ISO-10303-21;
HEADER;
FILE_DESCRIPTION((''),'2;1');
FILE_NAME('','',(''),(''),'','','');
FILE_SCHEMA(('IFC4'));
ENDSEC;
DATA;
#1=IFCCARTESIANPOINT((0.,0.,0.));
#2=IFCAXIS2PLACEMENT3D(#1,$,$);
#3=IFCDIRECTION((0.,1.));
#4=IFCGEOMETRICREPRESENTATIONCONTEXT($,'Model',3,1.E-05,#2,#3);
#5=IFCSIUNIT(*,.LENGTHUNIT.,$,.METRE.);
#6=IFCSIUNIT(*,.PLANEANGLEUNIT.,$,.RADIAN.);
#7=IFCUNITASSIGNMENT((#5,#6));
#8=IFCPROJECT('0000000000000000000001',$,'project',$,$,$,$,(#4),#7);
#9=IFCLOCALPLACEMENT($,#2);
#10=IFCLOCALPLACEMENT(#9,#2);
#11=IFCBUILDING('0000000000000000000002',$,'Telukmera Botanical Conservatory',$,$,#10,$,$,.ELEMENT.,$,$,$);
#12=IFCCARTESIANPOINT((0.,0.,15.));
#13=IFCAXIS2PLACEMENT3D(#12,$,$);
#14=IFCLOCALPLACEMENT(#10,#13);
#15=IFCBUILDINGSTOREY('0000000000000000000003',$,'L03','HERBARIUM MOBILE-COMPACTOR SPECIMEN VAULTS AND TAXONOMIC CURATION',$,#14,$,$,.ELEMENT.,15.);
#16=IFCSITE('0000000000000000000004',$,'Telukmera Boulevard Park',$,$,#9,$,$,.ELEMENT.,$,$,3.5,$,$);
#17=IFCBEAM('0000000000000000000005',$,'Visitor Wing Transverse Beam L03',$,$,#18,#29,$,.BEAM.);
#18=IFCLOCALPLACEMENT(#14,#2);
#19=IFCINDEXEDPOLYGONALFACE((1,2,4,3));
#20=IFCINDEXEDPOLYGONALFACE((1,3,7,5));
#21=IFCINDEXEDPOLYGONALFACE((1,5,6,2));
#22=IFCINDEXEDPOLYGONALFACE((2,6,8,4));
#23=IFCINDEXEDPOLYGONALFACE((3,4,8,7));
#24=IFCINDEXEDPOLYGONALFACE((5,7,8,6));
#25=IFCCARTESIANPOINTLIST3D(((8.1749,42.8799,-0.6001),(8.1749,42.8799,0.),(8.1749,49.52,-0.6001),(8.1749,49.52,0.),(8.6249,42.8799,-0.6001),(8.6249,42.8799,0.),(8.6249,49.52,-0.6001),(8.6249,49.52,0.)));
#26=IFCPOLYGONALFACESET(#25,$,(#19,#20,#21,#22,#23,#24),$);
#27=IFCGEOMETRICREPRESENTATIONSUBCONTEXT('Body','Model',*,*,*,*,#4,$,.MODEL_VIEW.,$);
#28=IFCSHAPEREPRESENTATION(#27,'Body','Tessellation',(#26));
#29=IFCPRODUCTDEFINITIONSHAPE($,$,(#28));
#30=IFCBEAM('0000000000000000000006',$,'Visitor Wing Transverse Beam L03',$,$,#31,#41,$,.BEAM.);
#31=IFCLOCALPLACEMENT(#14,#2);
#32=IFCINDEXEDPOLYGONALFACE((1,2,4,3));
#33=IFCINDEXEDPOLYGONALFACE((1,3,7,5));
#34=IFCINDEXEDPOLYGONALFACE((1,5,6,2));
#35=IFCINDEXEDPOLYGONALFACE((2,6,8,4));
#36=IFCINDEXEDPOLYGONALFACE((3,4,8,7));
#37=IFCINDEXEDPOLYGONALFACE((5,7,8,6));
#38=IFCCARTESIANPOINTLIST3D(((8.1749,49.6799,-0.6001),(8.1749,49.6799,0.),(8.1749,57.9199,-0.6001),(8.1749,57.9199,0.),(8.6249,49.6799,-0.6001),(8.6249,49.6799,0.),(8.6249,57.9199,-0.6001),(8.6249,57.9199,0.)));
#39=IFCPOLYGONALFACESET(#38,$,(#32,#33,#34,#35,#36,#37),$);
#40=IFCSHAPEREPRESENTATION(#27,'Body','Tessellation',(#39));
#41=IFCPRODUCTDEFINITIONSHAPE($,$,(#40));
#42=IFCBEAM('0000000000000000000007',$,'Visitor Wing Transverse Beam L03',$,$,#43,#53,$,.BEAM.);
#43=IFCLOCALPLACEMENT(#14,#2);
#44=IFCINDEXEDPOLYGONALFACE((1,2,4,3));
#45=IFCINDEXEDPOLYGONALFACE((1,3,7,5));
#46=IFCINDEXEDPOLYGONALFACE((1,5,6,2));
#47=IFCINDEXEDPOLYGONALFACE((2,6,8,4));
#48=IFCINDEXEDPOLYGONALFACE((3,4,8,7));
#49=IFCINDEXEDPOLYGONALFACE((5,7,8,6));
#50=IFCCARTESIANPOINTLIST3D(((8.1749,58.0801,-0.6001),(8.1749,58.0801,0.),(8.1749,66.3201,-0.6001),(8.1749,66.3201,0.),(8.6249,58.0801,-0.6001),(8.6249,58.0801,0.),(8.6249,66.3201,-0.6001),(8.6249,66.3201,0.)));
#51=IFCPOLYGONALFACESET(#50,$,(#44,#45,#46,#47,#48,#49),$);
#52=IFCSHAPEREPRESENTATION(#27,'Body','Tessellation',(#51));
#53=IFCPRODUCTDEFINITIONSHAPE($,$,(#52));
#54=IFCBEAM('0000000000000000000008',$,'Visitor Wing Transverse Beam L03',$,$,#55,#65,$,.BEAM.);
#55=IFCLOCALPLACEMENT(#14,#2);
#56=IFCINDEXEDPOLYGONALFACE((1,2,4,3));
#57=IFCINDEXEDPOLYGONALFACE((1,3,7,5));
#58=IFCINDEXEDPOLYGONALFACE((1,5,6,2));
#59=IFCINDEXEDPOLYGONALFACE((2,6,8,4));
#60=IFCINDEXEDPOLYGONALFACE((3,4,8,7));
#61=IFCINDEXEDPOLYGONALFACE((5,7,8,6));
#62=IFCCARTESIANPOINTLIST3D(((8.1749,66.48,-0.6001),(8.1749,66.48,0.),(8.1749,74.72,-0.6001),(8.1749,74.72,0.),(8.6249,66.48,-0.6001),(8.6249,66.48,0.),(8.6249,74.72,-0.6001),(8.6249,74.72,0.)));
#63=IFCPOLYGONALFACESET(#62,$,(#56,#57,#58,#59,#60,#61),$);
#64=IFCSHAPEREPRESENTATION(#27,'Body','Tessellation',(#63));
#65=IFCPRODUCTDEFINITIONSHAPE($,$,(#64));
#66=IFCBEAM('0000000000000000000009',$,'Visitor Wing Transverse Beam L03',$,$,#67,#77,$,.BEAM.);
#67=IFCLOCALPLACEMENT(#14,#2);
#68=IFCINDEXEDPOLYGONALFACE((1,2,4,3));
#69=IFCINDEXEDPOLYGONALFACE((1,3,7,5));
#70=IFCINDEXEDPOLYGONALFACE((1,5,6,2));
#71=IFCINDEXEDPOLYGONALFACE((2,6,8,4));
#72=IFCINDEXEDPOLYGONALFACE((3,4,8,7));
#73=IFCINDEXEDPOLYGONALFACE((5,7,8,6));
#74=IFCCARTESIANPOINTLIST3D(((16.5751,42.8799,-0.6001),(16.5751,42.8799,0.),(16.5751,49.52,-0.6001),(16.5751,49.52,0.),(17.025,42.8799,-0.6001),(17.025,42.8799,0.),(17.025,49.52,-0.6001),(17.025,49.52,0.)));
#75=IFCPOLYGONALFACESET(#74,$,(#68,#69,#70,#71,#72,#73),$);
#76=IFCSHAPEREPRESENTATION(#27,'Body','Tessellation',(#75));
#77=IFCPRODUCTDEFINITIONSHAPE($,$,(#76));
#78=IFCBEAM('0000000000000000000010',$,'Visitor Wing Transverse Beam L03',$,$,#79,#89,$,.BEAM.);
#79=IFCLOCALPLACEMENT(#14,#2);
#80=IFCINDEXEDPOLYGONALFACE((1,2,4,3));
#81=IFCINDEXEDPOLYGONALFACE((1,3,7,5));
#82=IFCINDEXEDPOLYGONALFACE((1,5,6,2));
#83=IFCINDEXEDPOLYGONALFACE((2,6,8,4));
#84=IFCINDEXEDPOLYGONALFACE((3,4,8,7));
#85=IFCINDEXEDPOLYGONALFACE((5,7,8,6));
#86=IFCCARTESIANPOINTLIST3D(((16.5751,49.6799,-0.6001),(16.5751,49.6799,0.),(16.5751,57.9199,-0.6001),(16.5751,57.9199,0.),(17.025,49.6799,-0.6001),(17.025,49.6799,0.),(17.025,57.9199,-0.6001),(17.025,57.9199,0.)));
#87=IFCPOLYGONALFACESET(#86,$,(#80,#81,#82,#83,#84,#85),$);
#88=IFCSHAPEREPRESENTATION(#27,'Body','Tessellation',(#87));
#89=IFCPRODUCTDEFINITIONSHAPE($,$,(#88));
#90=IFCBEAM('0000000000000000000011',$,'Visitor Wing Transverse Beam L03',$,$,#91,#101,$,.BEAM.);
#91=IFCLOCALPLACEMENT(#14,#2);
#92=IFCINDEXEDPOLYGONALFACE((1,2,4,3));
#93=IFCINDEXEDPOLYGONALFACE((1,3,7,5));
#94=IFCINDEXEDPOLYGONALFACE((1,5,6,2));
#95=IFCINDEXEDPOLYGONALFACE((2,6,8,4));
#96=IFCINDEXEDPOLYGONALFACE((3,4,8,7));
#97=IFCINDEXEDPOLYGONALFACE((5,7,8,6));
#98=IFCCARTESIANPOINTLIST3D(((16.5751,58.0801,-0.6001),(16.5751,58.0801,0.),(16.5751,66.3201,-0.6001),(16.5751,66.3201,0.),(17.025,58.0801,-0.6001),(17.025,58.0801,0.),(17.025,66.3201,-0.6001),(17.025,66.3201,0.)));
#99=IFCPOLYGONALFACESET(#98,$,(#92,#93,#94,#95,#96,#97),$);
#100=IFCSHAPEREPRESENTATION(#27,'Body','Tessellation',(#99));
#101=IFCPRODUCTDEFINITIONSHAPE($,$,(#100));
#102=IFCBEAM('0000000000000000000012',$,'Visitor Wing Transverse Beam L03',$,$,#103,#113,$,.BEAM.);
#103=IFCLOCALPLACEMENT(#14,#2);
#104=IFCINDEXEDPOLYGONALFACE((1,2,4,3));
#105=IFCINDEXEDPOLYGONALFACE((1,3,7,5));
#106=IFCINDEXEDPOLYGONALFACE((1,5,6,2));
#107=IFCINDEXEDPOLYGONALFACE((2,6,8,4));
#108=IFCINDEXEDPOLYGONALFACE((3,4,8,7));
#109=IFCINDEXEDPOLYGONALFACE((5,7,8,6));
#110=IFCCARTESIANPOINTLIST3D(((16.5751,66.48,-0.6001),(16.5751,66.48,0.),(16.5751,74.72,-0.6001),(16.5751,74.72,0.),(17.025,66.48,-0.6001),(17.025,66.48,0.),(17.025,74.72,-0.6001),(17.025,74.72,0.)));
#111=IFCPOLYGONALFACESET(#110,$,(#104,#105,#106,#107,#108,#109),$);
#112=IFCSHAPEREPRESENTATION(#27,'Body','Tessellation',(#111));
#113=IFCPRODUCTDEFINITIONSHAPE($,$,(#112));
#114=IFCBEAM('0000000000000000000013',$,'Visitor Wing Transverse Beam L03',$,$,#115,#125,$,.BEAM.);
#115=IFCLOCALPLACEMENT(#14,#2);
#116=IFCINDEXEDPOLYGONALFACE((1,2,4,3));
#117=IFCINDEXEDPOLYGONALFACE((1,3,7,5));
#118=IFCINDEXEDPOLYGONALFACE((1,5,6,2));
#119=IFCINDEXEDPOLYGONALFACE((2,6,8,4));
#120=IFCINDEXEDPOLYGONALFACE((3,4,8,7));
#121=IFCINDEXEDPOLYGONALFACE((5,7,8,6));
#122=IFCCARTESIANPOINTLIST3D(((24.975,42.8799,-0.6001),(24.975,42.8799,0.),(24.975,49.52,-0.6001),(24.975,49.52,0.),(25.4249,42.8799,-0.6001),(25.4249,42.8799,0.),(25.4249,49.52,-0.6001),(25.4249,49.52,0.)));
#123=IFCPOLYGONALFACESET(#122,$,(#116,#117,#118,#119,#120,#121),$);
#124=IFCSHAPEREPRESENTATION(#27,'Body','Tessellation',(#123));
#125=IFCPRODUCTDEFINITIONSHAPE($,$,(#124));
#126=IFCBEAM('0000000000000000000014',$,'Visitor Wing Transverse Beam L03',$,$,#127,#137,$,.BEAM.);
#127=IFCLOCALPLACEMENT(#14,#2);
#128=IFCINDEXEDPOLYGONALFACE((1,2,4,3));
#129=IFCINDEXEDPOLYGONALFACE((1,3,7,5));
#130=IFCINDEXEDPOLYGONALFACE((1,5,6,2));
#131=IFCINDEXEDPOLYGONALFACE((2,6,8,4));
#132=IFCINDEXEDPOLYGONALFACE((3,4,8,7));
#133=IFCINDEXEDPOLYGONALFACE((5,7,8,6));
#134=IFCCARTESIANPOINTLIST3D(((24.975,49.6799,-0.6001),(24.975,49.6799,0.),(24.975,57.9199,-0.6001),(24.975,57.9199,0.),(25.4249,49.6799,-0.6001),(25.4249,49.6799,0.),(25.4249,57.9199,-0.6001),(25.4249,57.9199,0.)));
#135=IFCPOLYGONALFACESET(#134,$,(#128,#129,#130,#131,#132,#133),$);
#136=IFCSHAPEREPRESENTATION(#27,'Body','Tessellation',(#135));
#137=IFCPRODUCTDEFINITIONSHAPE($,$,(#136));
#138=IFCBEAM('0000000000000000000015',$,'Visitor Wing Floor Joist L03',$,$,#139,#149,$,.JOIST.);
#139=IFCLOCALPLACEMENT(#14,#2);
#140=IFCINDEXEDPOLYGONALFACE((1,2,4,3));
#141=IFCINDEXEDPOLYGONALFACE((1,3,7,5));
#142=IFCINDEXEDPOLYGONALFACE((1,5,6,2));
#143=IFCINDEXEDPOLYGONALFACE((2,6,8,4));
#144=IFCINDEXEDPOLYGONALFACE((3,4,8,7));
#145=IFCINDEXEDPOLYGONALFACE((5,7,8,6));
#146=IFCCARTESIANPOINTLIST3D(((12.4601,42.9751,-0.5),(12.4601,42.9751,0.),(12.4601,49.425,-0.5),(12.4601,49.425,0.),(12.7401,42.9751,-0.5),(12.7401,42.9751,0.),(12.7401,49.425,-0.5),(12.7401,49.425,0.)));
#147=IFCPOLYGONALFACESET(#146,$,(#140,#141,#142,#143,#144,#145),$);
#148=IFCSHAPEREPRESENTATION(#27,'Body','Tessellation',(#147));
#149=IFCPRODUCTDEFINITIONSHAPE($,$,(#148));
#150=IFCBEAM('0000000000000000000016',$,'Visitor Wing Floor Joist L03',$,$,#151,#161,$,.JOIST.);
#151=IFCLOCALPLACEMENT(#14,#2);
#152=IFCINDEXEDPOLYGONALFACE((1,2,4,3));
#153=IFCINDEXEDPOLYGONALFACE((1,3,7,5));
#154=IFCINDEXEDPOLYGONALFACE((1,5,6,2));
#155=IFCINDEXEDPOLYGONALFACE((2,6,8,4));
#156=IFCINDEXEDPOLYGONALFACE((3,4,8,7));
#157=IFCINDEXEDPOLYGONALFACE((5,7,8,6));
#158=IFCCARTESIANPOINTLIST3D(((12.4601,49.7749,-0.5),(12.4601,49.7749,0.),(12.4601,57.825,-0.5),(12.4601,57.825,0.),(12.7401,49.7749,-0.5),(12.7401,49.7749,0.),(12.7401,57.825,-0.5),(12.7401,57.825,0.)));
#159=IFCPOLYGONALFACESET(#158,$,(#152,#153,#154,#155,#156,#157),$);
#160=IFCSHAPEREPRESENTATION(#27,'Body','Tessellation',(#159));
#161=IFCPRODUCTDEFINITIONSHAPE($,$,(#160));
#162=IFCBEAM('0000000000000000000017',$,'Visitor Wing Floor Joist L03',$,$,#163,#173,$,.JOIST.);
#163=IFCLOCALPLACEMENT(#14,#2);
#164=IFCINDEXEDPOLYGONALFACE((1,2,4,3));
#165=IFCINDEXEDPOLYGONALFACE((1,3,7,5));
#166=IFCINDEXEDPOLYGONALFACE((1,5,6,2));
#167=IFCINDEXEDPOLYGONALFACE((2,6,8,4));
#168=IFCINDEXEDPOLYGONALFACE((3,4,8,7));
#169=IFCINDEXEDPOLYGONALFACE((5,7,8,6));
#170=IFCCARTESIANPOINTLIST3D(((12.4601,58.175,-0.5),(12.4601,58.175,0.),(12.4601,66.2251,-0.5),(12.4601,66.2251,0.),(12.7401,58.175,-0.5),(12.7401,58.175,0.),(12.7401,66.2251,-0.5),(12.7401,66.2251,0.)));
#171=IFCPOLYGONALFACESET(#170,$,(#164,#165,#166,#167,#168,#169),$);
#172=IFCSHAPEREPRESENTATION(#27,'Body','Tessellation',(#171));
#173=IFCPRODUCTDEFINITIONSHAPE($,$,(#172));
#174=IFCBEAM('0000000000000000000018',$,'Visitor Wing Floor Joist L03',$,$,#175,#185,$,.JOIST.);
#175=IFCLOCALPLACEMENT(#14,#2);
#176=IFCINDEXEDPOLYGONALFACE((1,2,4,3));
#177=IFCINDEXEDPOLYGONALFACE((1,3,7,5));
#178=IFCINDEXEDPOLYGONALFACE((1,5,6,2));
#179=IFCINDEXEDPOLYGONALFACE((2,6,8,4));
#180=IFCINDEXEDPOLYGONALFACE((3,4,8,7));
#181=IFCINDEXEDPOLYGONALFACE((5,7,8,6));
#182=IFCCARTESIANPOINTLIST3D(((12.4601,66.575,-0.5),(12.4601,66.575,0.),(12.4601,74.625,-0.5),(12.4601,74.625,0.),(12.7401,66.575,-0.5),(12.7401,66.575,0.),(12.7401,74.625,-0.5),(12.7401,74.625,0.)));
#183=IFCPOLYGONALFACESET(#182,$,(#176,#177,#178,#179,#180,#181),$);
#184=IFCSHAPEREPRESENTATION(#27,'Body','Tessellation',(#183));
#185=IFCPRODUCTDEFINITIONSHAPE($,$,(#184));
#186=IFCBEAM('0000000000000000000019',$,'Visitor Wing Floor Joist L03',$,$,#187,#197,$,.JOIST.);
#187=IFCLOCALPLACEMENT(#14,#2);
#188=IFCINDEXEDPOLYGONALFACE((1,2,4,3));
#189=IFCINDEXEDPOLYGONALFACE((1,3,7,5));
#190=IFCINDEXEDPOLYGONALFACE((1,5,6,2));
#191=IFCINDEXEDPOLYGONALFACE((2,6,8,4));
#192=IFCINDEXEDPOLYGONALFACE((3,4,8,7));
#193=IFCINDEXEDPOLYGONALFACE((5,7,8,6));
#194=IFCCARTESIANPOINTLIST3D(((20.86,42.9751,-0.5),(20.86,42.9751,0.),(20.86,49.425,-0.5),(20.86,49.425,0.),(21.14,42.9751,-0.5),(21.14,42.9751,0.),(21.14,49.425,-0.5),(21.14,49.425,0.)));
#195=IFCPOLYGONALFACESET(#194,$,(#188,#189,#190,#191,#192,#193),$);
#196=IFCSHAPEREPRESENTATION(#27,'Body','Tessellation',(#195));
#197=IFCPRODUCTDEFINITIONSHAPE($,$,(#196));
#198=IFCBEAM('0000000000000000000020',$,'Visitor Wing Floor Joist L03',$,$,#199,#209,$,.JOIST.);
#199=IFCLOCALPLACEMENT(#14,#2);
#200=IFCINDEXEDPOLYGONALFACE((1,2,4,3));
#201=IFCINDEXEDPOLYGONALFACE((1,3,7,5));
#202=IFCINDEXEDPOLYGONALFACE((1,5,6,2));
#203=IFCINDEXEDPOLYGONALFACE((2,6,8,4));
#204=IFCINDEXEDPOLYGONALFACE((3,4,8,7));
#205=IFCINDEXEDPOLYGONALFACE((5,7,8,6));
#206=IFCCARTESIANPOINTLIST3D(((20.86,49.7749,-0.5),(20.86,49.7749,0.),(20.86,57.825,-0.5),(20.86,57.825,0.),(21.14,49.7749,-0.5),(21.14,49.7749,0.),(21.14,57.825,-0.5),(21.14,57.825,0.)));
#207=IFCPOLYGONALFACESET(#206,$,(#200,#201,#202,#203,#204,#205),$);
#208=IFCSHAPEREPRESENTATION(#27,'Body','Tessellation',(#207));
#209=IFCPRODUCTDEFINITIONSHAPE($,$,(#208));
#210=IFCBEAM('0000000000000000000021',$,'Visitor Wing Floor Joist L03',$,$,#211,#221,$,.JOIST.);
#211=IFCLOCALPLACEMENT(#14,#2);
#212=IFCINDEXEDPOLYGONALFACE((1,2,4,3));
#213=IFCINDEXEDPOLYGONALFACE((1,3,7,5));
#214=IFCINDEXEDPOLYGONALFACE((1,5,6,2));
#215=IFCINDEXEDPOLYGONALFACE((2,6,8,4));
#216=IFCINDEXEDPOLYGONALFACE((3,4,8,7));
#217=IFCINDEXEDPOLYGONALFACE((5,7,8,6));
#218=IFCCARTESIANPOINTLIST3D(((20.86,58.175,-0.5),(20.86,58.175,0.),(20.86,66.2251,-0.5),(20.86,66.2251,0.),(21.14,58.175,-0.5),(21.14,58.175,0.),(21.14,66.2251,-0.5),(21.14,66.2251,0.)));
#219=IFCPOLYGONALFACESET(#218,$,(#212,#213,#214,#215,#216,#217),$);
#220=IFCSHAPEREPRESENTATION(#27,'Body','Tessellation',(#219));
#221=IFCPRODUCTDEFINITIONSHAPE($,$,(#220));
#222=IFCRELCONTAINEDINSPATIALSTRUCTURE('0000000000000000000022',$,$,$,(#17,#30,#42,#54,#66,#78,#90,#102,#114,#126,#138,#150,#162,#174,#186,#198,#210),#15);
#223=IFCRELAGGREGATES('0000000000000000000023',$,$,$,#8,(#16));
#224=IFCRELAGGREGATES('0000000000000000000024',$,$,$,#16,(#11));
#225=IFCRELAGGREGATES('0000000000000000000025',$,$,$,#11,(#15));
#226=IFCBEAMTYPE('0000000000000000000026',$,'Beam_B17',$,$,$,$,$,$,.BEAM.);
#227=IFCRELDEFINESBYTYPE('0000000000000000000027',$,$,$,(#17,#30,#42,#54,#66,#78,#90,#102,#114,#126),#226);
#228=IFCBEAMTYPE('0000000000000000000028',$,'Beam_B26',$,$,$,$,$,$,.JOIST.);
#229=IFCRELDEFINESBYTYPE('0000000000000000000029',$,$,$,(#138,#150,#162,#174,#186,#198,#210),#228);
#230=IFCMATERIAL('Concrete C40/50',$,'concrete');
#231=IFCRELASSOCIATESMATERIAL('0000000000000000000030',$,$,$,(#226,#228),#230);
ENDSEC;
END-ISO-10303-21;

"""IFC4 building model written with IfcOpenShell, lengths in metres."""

from ifc_helpers import new_model, si_unit, direction, frame, origin, origin_2d, place, context, subcontext, project, spatial, rectangle, extrude, material, material_profile, profile_set, type_object, element, save


model = new_model("IFC4")

# Units and contexts
model_context = context("Model", 3, precision=1e-05, world=origin(), true_north=direction((0.0, 1.0)))
body_context = subcontext(model_context, "Body", "Model", "MODEL_VIEW")
ifc_project = project(units=[si_unit("LENGTHUNIT", "METRE"), si_unit("PLANEANGLEUNIT", "RADIAN")], contexts=[model_context])

# Site, building, storey
site_placement = place(None, origin())
site = spatial("IfcSite", under=ifc_project, at=site_placement, Name="Telukmera Boulevard Park", CompositionType="ELEMENT", RefElevation=3.5)
building_placement = place(site_placement, origin())
building = spatial("IfcBuilding", under=site, at=building_placement, Name="Telukmera Botanical Conservatory", CompositionType="ELEMENT")
storey_placement = place(building_placement, frame((0.0, 0.0, 15.0)))
storey = spatial("IfcBuildingStorey", under=building, at=storey_placement, Name="L03", Description="HERBARIUM MOBILE-COMPACTOR SPECIMEN VAULTS AND TAXONOMIC CURATION", CompositionType="ELEMENT", Elevation=15.0)

# Beams
ifc_material_1 = material(Name="Concrete C40/50", Category="concrete")
ifc_material_profile_1 = material_profile(ifc_material_1, rectangle(XDim=0.45, YDim=0.6001, at=origin_2d()), Name="RC 450x600")
ifc_profile_set_1 = profile_set([ifc_material_profile_1], Name="Concrete C40/50")
beam_type_1 = type_object("IfcBeamType", Name="Beam_B17", PredefinedType="BEAM", material=ifc_profile_set_1)
beam_1_placement = place(storey_placement, frame((8.3999, 42.8799, -0.3), z_axis=(0.0, 1.0, 0.0), x_axis=(-1.0, 0.0, 0.0)))
element("IfcBeam", 1, at=beam_1_placement, inside=storey, type_object=beam_type_1, Name="Visitor Wing Transverse Beam L03", PredefinedType="BEAM", context=body_context, shape_type="SweptSolid", body=[
    extrude(rectangle(XDim=0.45, YDim=0.6001, at=origin_2d()), origin(), (0.0, 0.0, 1.0), 6.6401),
])
for number, where, z_axis, x_axis, name in (
    (2, (8.3999, 49.6799, -0.3), (0.0, 1.0, 0.0), (-1.0, 0.0, 0.0), "Visitor Wing Transverse Beam L03"),
    (3, (8.3999, 58.0801, -0.3), (0.0, 1.0, 0.0), (-1.0, 0.0, 0.0), "Visitor Wing Transverse Beam L03"),
    (4, (8.3999, 66.48, -0.3), (0.0, 1.0, 0.0), (-1.0, 0.0, 0.0), "Visitor Wing Transverse Beam L03"),
):
    element("IfcBeam", number, at=place(storey_placement, frame(where, z_axis=z_axis, x_axis=x_axis)), inside=storey, type_object=beam_type_1, Name=name, PredefinedType="BEAM", context=body_context, shape_type="SweptSolid", body=[
        extrude(rectangle(XDim=0.45, YDim=0.6001, at=origin_2d()), origin(), (0.0, 0.0, 1.0), 8.24),
    ])
beam_2_placement = place(storey_placement, frame((16.8, 42.8799, -0.3), z_axis=(0.0, 1.0, 0.0), x_axis=(-1.0, 0.0, 0.0)))
element("IfcBeam", 5, at=beam_2_placement, inside=storey, type_object=beam_type_1, Name="Visitor Wing Transverse Beam L03", PredefinedType="BEAM", context=body_context, shape_type="SweptSolid", body=[
    extrude(rectangle(XDim=0.45, YDim=0.6001, at=origin_2d()), origin(), (0.0, 0.0, 1.0), 6.6401),
])
for number, where, z_axis, x_axis, name in (
    (6, (16.8, 49.6799, -0.3), (0.0, 1.0, 0.0), (-1.0, 0.0, 0.0), "Visitor Wing Transverse Beam L03"),
    (7, (16.8, 58.0801, -0.3), (0.0, 1.0, 0.0), (-1.0, 0.0, 0.0), "Visitor Wing Transverse Beam L03"),
    (8, (16.8, 66.48, -0.3), (0.0, 1.0, 0.0), (-1.0, 0.0, 0.0), "Visitor Wing Transverse Beam L03"),
):
    element("IfcBeam", number, at=place(storey_placement, frame(where, z_axis=z_axis, x_axis=x_axis)), inside=storey, type_object=beam_type_1, Name=name, PredefinedType="BEAM", context=body_context, shape_type="SweptSolid", body=[
        extrude(rectangle(XDim=0.45, YDim=0.6001, at=origin_2d()), origin(), (0.0, 0.0, 1.0), 8.24),
    ])
beam_3_placement = place(storey_placement, frame((25.2, 42.8799, -0.3), z_axis=(0.0, 1.0, 0.0), x_axis=(-1.0, 0.0, 0.0)))
element("IfcBeam", 9, at=beam_3_placement, inside=storey, type_object=beam_type_1, Name="Visitor Wing Transverse Beam L03", PredefinedType="BEAM", context=body_context, shape_type="SweptSolid", body=[
    extrude(rectangle(XDim=0.45, YDim=0.6001, at=origin_2d()), origin(), (0.0, 0.0, 1.0), 6.6401),
])
beam_4_placement = place(storey_placement, frame((25.2, 49.6799, -0.3), z_axis=(0.0, 1.0, 0.0), x_axis=(-1.0, 0.0, 0.0)))
element("IfcBeam", 10, at=beam_4_placement, inside=storey, type_object=beam_type_1, Name="Visitor Wing Transverse Beam L03", PredefinedType="BEAM", context=body_context, shape_type="SweptSolid", body=[
    extrude(rectangle(XDim=0.45, YDim=0.6001, at=origin_2d()), origin(), (0.0, 0.0, 1.0), 8.24),
])
ifc_material_profile_2 = material_profile(ifc_material_1, rectangle(XDim=0.28, YDim=0.5, at=origin_2d()), Name="RC 280x500")
ifc_profile_set_2 = profile_set([ifc_material_profile_2], Name="Concrete C40/50")
beam_type_2 = type_object("IfcBeamType", Name="Beam_B26", PredefinedType="JOIST", material=ifc_profile_set_2)
beam_5_placement = place(storey_placement, frame((12.6001, 42.9751, -0.25), z_axis=(0.0, 1.0, 0.0), x_axis=(-1.0, 0.0, 0.0)))
element("IfcBeam", 11, at=beam_5_placement, inside=storey, type_object=beam_type_2, Name="Visitor Wing Floor Joist L03", PredefinedType="JOIST", context=body_context, shape_type="SweptSolid", body=[
    extrude(rectangle(XDim=0.28, YDim=0.5, at=origin_2d()), origin(), (0.0, 0.0, 1.0), 6.45),
])
for number, where, z_axis, x_axis, name in (
    (12, (12.6001, 49.7749, -0.25), (0.0, 1.0, 0.0), (-1.0, 0.0, 0.0), "Visitor Wing Floor Joist L03"),
    (13, (12.6001, 58.175, -0.25), (0.0, 1.0, 0.0), (-1.0, 0.0, 0.0), "Visitor Wing Floor Joist L03"),
    (14, (12.6001, 66.575, -0.25), (0.0, 1.0, 0.0), (-1.0, 0.0, 0.0), "Visitor Wing Floor Joist L03"),
):
    element("IfcBeam", number, at=place(storey_placement, frame(where, z_axis=z_axis, x_axis=x_axis)), inside=storey, type_object=beam_type_2, Name=name, PredefinedType="JOIST", context=body_context, shape_type="SweptSolid", body=[
        extrude(rectangle(XDim=0.28, YDim=0.5, at=origin_2d()), origin(), (0.0, 0.0, 1.0), 8.05),
    ])
beam_6_placement = place(storey_placement, frame((21.0, 42.9751, -0.25), z_axis=(0.0, 1.0, 0.0), x_axis=(-1.0, 0.0, 0.0)))
element("IfcBeam", 15, at=beam_6_placement, inside=storey, type_object=beam_type_2, Name="Visitor Wing Floor Joist L03", PredefinedType="JOIST", context=body_context, shape_type="SweptSolid", body=[
    extrude(rectangle(XDim=0.28, YDim=0.5, at=origin_2d()), origin(), (0.0, 0.0, 1.0), 6.45),
])
for number, where, z_axis, x_axis, name in (
    (16, (21.0, 49.7749, -0.25), (0.0, 1.0, 0.0), (-1.0, 0.0, 0.0), "Visitor Wing Floor Joist L03"),
    (17, (21.0, 58.175, -0.25), (0.0, 1.0, 0.0), (-1.0, 0.0, 0.0), "Visitor Wing Floor Joist L03"),
):
    element("IfcBeam", number, at=place(storey_placement, frame(where, z_axis=z_axis, x_axis=x_axis)), inside=storey, type_object=beam_type_2, Name=name, PredefinedType="JOIST", context=body_context, shape_type="SweptSolid", body=[
        extrude(rectangle(XDim=0.28, YDim=0.5, at=origin_2d()), origin(), (0.0, 0.0, 1.0), 8.05),
    ])

save(model, "model.ifc")
